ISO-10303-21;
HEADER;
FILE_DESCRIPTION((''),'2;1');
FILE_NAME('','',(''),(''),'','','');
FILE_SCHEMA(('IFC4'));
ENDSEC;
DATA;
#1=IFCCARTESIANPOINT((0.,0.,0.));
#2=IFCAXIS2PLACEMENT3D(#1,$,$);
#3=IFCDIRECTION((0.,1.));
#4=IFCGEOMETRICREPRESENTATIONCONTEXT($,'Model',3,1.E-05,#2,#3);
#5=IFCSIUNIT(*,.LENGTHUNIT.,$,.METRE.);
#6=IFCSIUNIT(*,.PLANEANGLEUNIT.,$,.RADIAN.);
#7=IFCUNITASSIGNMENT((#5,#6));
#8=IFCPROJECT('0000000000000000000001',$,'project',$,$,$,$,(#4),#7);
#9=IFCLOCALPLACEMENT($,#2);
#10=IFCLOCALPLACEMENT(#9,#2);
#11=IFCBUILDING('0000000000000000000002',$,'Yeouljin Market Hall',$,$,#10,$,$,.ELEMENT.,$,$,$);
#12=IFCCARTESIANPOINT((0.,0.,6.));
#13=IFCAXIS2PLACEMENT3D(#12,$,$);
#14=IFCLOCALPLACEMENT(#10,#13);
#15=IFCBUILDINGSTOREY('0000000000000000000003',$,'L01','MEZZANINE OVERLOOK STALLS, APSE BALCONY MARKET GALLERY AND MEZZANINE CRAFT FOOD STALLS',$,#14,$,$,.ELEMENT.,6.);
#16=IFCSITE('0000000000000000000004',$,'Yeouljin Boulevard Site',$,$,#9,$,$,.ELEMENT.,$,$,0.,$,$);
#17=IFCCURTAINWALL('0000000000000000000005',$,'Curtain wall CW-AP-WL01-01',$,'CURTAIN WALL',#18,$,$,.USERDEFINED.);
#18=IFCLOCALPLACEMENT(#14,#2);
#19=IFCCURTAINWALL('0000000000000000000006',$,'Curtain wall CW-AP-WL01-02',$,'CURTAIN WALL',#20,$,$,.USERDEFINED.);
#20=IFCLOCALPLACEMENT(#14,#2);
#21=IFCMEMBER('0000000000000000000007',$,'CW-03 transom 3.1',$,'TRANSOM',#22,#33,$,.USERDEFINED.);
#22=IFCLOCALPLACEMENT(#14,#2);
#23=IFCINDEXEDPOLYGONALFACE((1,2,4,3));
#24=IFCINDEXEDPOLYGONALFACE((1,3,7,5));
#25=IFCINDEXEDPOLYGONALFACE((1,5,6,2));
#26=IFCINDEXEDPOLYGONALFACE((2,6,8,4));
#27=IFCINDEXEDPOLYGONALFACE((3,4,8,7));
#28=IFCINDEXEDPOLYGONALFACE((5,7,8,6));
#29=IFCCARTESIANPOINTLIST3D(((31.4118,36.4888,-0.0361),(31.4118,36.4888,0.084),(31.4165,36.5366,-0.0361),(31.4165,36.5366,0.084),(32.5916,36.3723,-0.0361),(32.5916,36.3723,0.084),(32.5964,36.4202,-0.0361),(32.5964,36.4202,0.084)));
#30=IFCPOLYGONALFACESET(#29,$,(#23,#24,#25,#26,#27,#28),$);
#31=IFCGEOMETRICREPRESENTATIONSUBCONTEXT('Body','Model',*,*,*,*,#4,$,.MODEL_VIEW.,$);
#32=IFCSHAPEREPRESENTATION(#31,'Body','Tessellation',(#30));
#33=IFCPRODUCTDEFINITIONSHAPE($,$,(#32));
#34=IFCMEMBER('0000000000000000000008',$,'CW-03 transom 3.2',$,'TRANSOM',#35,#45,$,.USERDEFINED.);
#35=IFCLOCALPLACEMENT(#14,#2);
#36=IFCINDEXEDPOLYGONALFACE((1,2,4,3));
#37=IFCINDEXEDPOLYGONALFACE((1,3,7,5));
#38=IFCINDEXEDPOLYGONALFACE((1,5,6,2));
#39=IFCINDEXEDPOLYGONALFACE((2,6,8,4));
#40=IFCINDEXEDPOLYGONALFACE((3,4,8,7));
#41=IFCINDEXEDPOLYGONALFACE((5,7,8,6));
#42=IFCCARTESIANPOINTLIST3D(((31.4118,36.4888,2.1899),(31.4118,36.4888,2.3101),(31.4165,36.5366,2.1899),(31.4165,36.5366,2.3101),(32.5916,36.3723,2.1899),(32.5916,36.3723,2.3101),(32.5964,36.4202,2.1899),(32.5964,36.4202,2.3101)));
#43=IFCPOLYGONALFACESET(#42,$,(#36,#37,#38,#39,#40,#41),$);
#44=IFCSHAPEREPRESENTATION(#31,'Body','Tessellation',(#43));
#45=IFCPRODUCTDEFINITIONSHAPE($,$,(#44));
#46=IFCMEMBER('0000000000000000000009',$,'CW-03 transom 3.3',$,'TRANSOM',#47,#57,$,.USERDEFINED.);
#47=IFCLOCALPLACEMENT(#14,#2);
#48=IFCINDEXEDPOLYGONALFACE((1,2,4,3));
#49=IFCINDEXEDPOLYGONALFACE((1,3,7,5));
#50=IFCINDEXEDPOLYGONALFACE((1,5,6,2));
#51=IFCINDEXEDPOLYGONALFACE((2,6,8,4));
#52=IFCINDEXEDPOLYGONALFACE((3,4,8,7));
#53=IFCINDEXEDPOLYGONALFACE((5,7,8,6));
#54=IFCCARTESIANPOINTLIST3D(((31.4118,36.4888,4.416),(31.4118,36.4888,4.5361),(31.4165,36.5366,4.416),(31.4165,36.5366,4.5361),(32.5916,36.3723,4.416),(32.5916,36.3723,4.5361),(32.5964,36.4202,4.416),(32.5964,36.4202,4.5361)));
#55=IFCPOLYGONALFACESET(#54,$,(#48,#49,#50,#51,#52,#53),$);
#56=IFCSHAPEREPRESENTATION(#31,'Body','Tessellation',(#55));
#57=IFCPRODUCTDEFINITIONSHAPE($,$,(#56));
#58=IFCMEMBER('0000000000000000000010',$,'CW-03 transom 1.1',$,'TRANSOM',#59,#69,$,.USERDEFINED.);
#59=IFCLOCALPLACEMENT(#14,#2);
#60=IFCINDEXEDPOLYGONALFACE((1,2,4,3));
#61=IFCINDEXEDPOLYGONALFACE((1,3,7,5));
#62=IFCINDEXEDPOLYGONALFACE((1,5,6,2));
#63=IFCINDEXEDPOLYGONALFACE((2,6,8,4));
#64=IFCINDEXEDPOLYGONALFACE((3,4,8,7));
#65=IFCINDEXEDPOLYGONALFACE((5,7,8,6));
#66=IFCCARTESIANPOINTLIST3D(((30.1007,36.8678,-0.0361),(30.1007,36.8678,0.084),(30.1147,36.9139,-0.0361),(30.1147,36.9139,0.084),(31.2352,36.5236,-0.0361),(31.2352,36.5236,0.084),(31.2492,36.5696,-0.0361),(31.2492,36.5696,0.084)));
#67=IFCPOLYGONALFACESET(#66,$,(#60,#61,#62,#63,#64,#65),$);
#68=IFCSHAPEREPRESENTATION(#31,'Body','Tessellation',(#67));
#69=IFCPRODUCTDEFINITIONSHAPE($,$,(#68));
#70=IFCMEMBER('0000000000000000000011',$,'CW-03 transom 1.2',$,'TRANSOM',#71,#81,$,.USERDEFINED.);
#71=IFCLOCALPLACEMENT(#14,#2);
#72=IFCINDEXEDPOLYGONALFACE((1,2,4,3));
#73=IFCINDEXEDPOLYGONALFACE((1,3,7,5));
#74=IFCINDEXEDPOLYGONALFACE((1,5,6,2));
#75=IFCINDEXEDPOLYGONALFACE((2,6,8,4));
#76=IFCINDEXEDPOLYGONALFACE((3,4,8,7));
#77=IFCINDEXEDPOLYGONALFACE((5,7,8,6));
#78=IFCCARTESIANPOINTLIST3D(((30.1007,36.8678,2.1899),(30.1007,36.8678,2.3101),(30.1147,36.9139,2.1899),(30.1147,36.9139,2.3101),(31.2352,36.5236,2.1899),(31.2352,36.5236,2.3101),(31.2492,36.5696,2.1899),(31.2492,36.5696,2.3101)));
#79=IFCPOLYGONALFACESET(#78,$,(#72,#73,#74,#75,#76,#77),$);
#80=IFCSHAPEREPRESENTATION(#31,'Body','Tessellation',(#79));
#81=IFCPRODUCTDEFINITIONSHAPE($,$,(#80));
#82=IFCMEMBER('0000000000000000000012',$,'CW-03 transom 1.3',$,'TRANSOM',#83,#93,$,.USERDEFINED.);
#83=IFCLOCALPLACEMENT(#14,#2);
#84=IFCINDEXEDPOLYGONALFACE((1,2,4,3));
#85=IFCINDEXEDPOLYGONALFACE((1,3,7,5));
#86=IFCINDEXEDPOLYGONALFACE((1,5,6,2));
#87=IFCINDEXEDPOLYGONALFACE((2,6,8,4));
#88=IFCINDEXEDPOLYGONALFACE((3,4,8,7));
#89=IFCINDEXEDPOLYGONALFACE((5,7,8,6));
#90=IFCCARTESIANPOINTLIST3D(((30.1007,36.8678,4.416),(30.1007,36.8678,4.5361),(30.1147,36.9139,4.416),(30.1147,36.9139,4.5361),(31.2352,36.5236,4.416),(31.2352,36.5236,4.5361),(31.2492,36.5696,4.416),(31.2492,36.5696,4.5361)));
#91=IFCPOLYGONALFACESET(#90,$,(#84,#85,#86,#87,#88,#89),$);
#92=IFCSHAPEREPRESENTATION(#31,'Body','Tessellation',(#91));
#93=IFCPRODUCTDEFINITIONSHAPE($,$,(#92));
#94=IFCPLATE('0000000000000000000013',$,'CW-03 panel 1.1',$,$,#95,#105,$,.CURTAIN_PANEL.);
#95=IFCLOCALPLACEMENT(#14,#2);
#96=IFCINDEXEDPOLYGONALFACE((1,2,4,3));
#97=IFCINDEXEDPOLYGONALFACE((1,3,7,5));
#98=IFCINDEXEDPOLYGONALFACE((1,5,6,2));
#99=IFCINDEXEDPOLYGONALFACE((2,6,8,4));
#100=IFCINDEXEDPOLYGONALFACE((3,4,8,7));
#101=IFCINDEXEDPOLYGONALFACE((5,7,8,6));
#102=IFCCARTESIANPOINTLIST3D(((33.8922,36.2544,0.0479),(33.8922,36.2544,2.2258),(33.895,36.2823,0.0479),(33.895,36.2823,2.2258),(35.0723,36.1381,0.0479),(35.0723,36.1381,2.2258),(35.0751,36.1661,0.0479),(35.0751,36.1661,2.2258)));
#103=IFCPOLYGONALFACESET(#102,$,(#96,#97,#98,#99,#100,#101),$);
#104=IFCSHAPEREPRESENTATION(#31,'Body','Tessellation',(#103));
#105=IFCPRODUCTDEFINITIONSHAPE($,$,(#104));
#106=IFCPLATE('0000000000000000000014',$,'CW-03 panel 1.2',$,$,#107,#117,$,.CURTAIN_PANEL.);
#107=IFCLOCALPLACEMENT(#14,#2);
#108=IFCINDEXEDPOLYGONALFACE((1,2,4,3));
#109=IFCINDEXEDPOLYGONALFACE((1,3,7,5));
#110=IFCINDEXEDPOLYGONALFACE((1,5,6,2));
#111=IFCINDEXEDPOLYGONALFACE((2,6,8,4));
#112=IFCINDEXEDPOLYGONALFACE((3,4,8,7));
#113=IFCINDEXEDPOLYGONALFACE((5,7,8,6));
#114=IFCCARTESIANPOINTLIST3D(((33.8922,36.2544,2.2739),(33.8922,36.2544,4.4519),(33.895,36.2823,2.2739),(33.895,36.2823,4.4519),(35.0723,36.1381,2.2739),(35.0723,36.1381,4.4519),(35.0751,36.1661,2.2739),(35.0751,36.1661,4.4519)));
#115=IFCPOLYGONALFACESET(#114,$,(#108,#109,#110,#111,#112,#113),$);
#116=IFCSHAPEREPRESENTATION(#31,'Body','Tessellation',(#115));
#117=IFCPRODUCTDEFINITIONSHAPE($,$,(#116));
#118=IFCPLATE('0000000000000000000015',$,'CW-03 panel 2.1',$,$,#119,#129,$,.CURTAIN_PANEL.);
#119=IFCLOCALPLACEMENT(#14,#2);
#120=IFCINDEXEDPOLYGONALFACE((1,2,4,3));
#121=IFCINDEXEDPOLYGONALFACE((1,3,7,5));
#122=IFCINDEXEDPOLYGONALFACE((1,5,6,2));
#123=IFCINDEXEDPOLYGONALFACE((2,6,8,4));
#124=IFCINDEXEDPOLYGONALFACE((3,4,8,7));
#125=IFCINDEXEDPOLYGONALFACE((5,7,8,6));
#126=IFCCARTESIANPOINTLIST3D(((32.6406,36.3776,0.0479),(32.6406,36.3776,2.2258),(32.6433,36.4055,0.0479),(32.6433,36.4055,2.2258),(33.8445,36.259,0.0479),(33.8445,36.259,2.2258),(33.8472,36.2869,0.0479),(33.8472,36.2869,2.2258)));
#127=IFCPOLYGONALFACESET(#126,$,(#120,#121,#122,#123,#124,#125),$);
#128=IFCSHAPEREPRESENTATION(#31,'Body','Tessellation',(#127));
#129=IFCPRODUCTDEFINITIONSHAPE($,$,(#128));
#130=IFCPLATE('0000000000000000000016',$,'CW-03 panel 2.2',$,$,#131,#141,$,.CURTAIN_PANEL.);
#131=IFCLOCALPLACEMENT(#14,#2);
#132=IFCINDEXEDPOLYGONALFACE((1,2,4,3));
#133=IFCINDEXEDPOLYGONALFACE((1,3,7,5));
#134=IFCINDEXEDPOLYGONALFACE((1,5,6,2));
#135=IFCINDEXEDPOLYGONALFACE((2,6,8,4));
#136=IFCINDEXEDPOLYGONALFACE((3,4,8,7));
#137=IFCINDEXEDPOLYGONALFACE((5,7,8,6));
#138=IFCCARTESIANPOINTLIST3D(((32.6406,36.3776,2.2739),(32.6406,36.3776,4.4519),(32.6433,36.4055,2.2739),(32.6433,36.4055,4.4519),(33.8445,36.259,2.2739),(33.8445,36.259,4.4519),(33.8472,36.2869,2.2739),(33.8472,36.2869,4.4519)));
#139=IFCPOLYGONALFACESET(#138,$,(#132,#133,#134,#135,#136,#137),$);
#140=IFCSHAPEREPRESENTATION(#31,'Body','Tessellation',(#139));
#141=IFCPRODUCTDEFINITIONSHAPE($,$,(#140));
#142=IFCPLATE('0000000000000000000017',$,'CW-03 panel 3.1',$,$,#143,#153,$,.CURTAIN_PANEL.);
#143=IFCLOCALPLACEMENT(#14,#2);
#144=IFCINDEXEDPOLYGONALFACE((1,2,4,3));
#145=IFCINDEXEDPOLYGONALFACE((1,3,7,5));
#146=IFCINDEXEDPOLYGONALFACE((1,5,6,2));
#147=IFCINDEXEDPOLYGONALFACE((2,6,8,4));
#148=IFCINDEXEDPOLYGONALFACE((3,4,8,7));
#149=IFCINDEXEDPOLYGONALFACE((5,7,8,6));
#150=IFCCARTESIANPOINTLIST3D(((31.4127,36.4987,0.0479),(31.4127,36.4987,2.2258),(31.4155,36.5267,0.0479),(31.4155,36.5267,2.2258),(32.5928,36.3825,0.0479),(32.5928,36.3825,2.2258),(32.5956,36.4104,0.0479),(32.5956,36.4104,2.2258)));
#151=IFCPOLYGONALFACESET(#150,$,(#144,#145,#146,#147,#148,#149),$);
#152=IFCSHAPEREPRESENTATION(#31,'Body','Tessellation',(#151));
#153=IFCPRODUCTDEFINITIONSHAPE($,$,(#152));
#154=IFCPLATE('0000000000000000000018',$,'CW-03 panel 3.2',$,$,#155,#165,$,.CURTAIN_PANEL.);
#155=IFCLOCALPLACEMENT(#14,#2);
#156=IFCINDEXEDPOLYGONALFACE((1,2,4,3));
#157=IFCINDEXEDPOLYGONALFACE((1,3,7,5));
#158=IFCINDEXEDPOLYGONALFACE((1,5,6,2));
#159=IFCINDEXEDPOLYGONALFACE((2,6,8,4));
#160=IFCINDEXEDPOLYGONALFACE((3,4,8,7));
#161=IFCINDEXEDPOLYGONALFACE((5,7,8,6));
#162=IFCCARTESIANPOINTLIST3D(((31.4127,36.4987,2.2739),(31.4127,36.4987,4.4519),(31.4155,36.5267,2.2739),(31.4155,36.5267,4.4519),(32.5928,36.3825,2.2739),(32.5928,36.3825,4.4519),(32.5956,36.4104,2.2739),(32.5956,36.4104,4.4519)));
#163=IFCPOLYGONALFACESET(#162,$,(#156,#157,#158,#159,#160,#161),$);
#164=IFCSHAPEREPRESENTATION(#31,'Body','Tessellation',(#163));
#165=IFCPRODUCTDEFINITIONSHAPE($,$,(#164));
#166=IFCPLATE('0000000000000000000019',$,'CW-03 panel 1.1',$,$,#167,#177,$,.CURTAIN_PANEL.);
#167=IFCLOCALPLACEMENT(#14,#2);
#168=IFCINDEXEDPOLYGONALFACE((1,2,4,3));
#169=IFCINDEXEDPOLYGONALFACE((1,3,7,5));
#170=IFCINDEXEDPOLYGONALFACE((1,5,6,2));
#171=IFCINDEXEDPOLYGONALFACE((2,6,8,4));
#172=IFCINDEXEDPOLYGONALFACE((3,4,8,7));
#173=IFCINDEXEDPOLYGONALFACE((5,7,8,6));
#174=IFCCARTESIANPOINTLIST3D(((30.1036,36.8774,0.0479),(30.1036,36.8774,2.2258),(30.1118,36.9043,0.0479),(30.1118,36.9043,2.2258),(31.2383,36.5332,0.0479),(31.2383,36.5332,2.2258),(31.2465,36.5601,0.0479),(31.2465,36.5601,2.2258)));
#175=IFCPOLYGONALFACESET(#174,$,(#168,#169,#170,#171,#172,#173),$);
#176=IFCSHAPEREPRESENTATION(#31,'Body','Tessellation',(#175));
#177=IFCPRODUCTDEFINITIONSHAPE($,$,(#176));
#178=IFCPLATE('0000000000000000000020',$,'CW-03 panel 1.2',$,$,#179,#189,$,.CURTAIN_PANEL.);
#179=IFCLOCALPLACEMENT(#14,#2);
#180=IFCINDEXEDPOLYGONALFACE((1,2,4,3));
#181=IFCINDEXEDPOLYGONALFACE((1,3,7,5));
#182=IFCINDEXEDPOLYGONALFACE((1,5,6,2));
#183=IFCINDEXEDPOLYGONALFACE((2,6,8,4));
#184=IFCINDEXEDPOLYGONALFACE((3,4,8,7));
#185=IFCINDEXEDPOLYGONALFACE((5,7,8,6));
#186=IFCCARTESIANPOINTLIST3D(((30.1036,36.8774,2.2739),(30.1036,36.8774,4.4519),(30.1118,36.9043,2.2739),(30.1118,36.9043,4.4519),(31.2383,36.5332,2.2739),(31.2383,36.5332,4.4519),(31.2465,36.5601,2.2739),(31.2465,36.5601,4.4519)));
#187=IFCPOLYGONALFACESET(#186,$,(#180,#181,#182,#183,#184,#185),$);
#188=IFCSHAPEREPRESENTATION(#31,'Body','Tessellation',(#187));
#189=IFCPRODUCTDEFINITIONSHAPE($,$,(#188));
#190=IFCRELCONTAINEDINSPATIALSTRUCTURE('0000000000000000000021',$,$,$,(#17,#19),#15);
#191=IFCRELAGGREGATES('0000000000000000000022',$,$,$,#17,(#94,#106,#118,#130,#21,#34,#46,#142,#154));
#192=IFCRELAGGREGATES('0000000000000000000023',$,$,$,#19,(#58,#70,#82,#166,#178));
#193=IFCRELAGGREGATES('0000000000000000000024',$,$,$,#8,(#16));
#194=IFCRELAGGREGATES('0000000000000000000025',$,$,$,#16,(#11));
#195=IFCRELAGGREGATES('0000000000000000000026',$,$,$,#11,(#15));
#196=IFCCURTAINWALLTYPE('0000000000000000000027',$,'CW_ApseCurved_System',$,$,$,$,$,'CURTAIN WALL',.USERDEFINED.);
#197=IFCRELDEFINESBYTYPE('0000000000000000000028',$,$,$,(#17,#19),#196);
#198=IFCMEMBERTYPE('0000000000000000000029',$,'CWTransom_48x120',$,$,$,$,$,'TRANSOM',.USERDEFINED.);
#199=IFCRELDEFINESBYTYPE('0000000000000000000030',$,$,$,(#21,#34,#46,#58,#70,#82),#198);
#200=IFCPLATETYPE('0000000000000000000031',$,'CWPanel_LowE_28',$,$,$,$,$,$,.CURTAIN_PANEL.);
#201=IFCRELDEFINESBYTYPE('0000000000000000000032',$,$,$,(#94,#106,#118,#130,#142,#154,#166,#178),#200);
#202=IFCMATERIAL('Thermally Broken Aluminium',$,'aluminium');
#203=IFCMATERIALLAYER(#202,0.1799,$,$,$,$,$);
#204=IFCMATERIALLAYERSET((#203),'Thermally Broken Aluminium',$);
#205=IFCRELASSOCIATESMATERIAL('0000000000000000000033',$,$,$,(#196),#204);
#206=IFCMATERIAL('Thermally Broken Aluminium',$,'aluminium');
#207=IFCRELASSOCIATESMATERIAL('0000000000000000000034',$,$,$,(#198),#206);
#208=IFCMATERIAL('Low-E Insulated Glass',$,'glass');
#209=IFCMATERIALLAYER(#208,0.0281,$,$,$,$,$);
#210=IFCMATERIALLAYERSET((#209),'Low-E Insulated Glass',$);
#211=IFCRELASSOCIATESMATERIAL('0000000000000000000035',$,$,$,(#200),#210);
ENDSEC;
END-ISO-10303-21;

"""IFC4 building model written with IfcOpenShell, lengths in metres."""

from ifc_helpers import new_model, si_unit, direction, frame, origin, origin_2d, place, context, subcontext, project, spatial, rectangle, extrude, material, layer, layer_set, material_profile, profile_set, type_object, element, aggregate, save


model = new_model("IFC4")

# Units and contexts
model_context = context("Model", 3, precision=1e-05, world=origin(), true_north=direction((0.0, 1.0)))
body_context = subcontext(model_context, "Body", "Model", "MODEL_VIEW")
ifc_project = project(units=[si_unit("LENGTHUNIT", "METRE"), si_unit("PLANEANGLEUNIT", "RADIAN")], contexts=[model_context])

# Site, building, storey
site_placement = place(None, origin())
site = spatial("IfcSite", under=ifc_project, at=site_placement, Name="Yeouljin Boulevard Site", CompositionType="ELEMENT", RefElevation=0.0)
building_placement = place(site_placement, origin())
building = spatial("IfcBuilding", under=site, at=building_placement, Name="Yeouljin Market Hall", CompositionType="ELEMENT")
storey_placement = place(building_placement, frame((0.0, 0.0, 6.0)))
storey = spatial("IfcBuildingStorey", under=building, at=storey_placement, Name="L01", Description="MEZZANINE OVERLOOK STALLS, APSE BALCONY MARKET GALLERY AND MEZZANINE CRAFT FOOD STALLS", CompositionType="ELEMENT", Elevation=6.0)

# Curtain wall
ifc_material_1 = material(Name="Thermally Broken Aluminium", Category="aluminium")
ifc_layer_1 = layer(ifc_material_1, 0.1799)
ifc_layer_set_1 = layer_set([ifc_layer_1], Name="Thermally Broken Aluminium")
curtain_wall_type = type_object("IfcCurtainWallType", Name="CW_ApseCurved_System", ElementType="CURTAIN WALL", PredefinedType="USERDEFINED", material=ifc_layer_set_1)
curtain_wall_1_placement = place(storey_placement, origin())
curtain_wall_1 = element("IfcCurtainWall", 1, at=curtain_wall_1_placement, inside=storey, type_object=curtain_wall_type, Name="Curtain wall CW-AP-WL01-01", ObjectType="CURTAIN WALL", PredefinedType="USERDEFINED")

# Curtain wall
curtain_wall_2_placement = place(storey_placement, origin())
curtain_wall_2 = element("IfcCurtainWall", 2, at=curtain_wall_2_placement, inside=storey, type_object=curtain_wall_type, Name="Curtain wall CW-AP-WL01-02", ObjectType="CURTAIN WALL", PredefinedType="USERDEFINED")

# Members
ifc_material_2 = material(Name="Thermally Broken Aluminium", Category="aluminium")
ifc_material_profile_1 = material_profile(ifc_material_2, rectangle(XDim=0.0481, YDim=0.1201, at=origin_2d()), Name="CW-TRAN-48x120")
ifc_profile_set_1 = profile_set([ifc_material_profile_1], Name="Thermally Broken Aluminium")
member_type_1 = type_object("IfcMemberType", Name="CWTransom_48x120", ElementType="TRANSOM", PredefinedType="USERDEFINED", material=ifc_profile_set_1)
member_1_placement = place(storey_placement, frame((32.594, 36.3962, 0.0239), z_axis=(-0.995165, 0.098219, 0.0), x_axis=(-0.098219, -0.995165, 0.0)))
member_1 = element("IfcMember", 3, at=member_1_placement, type_object=member_type_1, Name="CW-03 transom 3.1", ObjectType="TRANSOM", PredefinedType="USERDEFINED", context=body_context, shape_type="SweptSolid", body=[
    extrude(rectangle(XDim=0.0481, YDim=0.1201, at=origin_2d()), origin(), (0.0, 0.0, 1.0), 1.1855),
])
member_2_placement = place(storey_placement, frame((32.594, 36.3962, 2.25), z_axis=(-0.995165, 0.098219, 0.0), x_axis=(-0.098219, -0.995165, 0.0)))
member_2 = element("IfcMember", 4, at=member_2_placement, type_object=member_type_1, Name="CW-03 transom 3.2", ObjectType="TRANSOM", PredefinedType="USERDEFINED", context=body_context, shape_type="SweptSolid", body=[
    extrude(rectangle(XDim=0.0481, YDim=0.1201, at=origin_2d()), origin(), (0.0, 0.0, 1.0), 1.1855),
])
member_3_placement = place(storey_placement, frame((32.594, 36.3962, 4.4761), z_axis=(-0.995165, 0.098219, 0.0), x_axis=(-0.098219, -0.995165, 0.0)))
member_3 = element("IfcMember", 5, at=member_3_placement, type_object=member_type_1, Name="CW-03 transom 3.3", ObjectType="TRANSOM", PredefinedType="USERDEFINED", context=body_context, shape_type="SweptSolid", body=[
    extrude(rectangle(XDim=0.0481, YDim=0.1201, at=origin_2d()), origin(), (0.0, 0.0, 1.0), 1.1855),
])
member_4_placement = place(storey_placement, frame((31.2422, 36.5466, 0.0239), z_axis=(-0.95692, 0.29035, 0.0), x_axis=(-0.29035, -0.95692, 0.0)))
member_4 = element("IfcMember", 6, at=member_4_placement, type_object=member_type_1, Name="CW-03 transom 1.1", ObjectType="TRANSOM", PredefinedType="USERDEFINED", context=body_context, shape_type="SweptSolid", body=[
    extrude(rectangle(XDim=0.0481, YDim=0.1201, at=origin_2d()), origin(), (0.0, 0.0, 1.0), 1.1855),
])
member_5_placement = place(storey_placement, frame((31.2422, 36.5466, 2.25), z_axis=(-0.95692, 0.29035, 0.0), x_axis=(-0.29035, -0.95692, 0.0)))
member_5 = element("IfcMember", 7, at=member_5_placement, type_object=member_type_1, Name="CW-03 transom 1.2", ObjectType="TRANSOM", PredefinedType="USERDEFINED", context=body_context, shape_type="SweptSolid", body=[
    extrude(rectangle(XDim=0.0481, YDim=0.1201, at=origin_2d()), origin(), (0.0, 0.0, 1.0), 1.1855),
])
member_6_placement = place(storey_placement, frame((31.2422, 36.5466, 4.4761), z_axis=(-0.95692, 0.29035, 0.0), x_axis=(-0.29035, -0.95692, 0.0)))
member_6 = element("IfcMember", 8, at=member_6_placement, type_object=member_type_1, Name="CW-03 transom 1.3", ObjectType="TRANSOM", PredefinedType="USERDEFINED", context=body_context, shape_type="SweptSolid", body=[
    extrude(rectangle(XDim=0.0481, YDim=0.1201, at=origin_2d()), origin(), (0.0, 0.0, 1.0), 1.1855),
])

# Plates
ifc_material_3 = material(Name="Low-E Insulated Glass", Category="glass")
ifc_layer_2 = layer(ifc_material_3, 0.0281)
ifc_layer_set_2 = layer_set([ifc_layer_2], Name="Low-E Insulated Glass")
plate_type = type_object("IfcPlateType", Name="CWPanel_LowE_28", PredefinedType="CURTAIN_PANEL", material=ifc_layer_set_2)
plate_1_placement = place(storey_placement, frame((34.4836, 36.2102, 0.0479), z_axis=(0.0, 0.0, 1.0), x_axis=(-0.995183, 0.098034, 0.0)))
plate_1 = element("IfcPlate", 9, at=plate_1_placement, type_object=plate_type, Name="CW-03 panel 1.1", PredefinedType="CURTAIN_PANEL", context=body_context, shape_type="SweptSolid", body=[
    extrude(rectangle(XDim=1.1858, YDim=0.0281, at=origin_2d()), origin(), (0.0, 0.0, 1.0), 2.178),
])
plate_2_placement = place(storey_placement, frame((34.4836, 36.2102, 2.2739), z_axis=(0.0, 0.0, 1.0), x_axis=(-0.995183, 0.098034, 0.0)))
plate_2 = element("IfcPlate", 10, at=plate_2_placement, type_object=plate_type, Name="CW-03 panel 1.2", PredefinedType="CURTAIN_PANEL", context=body_context, shape_type="SweptSolid", body=[
    extrude(rectangle(XDim=1.1858, YDim=0.0281, at=origin_2d()), origin(), (0.0, 0.0, 1.0), 2.178),
])
plate_3_placement = place(storey_placement, frame((33.2439, 36.3323, 0.0479), z_axis=(0.0, 0.0, 1.0), x_axis=(-0.995183, 0.098034, 0.0)))
plate_3 = element("IfcPlate", 11, at=plate_3_placement, type_object=plate_type, Name="CW-03 panel 2.1", PredefinedType="CURTAIN_PANEL", context=body_context, shape_type="SweptSolid", body=[
    extrude(rectangle(XDim=1.2097, YDim=0.0281, at=origin_2d()), origin(), (0.0, 0.0, 1.0), 2.178),
])
plate_4_placement = place(storey_placement, frame((33.2439, 36.3323, 2.2739), z_axis=(0.0, 0.0, 1.0), x_axis=(-0.995183, 0.098034, 0.0)))
plate_4 = element("IfcPlate", 12, at=plate_4_placement, type_object=plate_type, Name="CW-03 panel 2.2", PredefinedType="CURTAIN_PANEL", context=body_context, shape_type="SweptSolid", body=[
    extrude(rectangle(XDim=1.2097, YDim=0.0281, at=origin_2d()), origin(), (0.0, 0.0, 1.0), 2.178),
])
plate_5_placement = place(storey_placement, frame((32.0042, 36.4546, 0.0479), z_axis=(0.0, 0.0, 1.0), x_axis=(-0.995183, 0.098034, 0.0)))
plate_5 = element("IfcPlate", 13, at=plate_5_placement, type_object=plate_type, Name="CW-03 panel 3.1", PredefinedType="CURTAIN_PANEL", context=body_context, shape_type="SweptSolid", body=[
    extrude(rectangle(XDim=1.1858, YDim=0.0281, at=origin_2d()), origin(), (0.0, 0.0, 1.0), 2.178),
])
plate_6_placement = place(storey_placement, frame((32.0042, 36.4546, 2.2739), z_axis=(0.0, 0.0, 1.0), x_axis=(-0.995183, 0.098034, 0.0)))
plate_6 = element("IfcPlate", 14, at=plate_6_placement, type_object=plate_type, Name="CW-03 panel 3.2", PredefinedType="CURTAIN_PANEL", context=body_context, shape_type="SweptSolid", body=[
    extrude(rectangle(XDim=1.1858, YDim=0.0281, at=origin_2d()), origin(), (0.0, 0.0, 1.0), 2.178),
])
aggregate(curtain_wall_1, [plate_1, plate_2, plate_3, plate_4, member_1, member_2, member_3, plate_5, plate_6])
plate_7_placement = place(storey_placement, frame((30.675, 36.7188, 0.0479), z_axis=(0.0, 0.0, 1.0), x_axis=(-0.95694, 0.290286, 0.0)))
plate_7 = element("IfcPlate", 15, at=plate_7_placement, type_object=plate_type, Name="CW-03 panel 1.1", PredefinedType="CURTAIN_PANEL", context=body_context, shape_type="SweptSolid", body=[
    extrude(rectangle(XDim=1.1858, YDim=0.0281, at=origin_2d()), origin(), (0.0, 0.0, 1.0), 2.178),
])
plate_8_placement = place(storey_placement, frame((30.675, 36.7188, 2.2739), z_axis=(0.0, 0.0, 1.0), x_axis=(-0.95694, 0.290286, 0.0)))
plate_8 = element("IfcPlate", 16, at=plate_8_placement, type_object=plate_type, Name="CW-03 panel 1.2", PredefinedType="CURTAIN_PANEL", context=body_context, shape_type="SweptSolid", body=[
    extrude(rectangle(XDim=1.1858, YDim=0.0281, at=origin_2d()), origin(), (0.0, 0.0, 1.0), 2.178),
])
aggregate(curtain_wall_2, [member_4, member_5, member_6, plate_7, plate_8])

save(model, "model.ifc")
